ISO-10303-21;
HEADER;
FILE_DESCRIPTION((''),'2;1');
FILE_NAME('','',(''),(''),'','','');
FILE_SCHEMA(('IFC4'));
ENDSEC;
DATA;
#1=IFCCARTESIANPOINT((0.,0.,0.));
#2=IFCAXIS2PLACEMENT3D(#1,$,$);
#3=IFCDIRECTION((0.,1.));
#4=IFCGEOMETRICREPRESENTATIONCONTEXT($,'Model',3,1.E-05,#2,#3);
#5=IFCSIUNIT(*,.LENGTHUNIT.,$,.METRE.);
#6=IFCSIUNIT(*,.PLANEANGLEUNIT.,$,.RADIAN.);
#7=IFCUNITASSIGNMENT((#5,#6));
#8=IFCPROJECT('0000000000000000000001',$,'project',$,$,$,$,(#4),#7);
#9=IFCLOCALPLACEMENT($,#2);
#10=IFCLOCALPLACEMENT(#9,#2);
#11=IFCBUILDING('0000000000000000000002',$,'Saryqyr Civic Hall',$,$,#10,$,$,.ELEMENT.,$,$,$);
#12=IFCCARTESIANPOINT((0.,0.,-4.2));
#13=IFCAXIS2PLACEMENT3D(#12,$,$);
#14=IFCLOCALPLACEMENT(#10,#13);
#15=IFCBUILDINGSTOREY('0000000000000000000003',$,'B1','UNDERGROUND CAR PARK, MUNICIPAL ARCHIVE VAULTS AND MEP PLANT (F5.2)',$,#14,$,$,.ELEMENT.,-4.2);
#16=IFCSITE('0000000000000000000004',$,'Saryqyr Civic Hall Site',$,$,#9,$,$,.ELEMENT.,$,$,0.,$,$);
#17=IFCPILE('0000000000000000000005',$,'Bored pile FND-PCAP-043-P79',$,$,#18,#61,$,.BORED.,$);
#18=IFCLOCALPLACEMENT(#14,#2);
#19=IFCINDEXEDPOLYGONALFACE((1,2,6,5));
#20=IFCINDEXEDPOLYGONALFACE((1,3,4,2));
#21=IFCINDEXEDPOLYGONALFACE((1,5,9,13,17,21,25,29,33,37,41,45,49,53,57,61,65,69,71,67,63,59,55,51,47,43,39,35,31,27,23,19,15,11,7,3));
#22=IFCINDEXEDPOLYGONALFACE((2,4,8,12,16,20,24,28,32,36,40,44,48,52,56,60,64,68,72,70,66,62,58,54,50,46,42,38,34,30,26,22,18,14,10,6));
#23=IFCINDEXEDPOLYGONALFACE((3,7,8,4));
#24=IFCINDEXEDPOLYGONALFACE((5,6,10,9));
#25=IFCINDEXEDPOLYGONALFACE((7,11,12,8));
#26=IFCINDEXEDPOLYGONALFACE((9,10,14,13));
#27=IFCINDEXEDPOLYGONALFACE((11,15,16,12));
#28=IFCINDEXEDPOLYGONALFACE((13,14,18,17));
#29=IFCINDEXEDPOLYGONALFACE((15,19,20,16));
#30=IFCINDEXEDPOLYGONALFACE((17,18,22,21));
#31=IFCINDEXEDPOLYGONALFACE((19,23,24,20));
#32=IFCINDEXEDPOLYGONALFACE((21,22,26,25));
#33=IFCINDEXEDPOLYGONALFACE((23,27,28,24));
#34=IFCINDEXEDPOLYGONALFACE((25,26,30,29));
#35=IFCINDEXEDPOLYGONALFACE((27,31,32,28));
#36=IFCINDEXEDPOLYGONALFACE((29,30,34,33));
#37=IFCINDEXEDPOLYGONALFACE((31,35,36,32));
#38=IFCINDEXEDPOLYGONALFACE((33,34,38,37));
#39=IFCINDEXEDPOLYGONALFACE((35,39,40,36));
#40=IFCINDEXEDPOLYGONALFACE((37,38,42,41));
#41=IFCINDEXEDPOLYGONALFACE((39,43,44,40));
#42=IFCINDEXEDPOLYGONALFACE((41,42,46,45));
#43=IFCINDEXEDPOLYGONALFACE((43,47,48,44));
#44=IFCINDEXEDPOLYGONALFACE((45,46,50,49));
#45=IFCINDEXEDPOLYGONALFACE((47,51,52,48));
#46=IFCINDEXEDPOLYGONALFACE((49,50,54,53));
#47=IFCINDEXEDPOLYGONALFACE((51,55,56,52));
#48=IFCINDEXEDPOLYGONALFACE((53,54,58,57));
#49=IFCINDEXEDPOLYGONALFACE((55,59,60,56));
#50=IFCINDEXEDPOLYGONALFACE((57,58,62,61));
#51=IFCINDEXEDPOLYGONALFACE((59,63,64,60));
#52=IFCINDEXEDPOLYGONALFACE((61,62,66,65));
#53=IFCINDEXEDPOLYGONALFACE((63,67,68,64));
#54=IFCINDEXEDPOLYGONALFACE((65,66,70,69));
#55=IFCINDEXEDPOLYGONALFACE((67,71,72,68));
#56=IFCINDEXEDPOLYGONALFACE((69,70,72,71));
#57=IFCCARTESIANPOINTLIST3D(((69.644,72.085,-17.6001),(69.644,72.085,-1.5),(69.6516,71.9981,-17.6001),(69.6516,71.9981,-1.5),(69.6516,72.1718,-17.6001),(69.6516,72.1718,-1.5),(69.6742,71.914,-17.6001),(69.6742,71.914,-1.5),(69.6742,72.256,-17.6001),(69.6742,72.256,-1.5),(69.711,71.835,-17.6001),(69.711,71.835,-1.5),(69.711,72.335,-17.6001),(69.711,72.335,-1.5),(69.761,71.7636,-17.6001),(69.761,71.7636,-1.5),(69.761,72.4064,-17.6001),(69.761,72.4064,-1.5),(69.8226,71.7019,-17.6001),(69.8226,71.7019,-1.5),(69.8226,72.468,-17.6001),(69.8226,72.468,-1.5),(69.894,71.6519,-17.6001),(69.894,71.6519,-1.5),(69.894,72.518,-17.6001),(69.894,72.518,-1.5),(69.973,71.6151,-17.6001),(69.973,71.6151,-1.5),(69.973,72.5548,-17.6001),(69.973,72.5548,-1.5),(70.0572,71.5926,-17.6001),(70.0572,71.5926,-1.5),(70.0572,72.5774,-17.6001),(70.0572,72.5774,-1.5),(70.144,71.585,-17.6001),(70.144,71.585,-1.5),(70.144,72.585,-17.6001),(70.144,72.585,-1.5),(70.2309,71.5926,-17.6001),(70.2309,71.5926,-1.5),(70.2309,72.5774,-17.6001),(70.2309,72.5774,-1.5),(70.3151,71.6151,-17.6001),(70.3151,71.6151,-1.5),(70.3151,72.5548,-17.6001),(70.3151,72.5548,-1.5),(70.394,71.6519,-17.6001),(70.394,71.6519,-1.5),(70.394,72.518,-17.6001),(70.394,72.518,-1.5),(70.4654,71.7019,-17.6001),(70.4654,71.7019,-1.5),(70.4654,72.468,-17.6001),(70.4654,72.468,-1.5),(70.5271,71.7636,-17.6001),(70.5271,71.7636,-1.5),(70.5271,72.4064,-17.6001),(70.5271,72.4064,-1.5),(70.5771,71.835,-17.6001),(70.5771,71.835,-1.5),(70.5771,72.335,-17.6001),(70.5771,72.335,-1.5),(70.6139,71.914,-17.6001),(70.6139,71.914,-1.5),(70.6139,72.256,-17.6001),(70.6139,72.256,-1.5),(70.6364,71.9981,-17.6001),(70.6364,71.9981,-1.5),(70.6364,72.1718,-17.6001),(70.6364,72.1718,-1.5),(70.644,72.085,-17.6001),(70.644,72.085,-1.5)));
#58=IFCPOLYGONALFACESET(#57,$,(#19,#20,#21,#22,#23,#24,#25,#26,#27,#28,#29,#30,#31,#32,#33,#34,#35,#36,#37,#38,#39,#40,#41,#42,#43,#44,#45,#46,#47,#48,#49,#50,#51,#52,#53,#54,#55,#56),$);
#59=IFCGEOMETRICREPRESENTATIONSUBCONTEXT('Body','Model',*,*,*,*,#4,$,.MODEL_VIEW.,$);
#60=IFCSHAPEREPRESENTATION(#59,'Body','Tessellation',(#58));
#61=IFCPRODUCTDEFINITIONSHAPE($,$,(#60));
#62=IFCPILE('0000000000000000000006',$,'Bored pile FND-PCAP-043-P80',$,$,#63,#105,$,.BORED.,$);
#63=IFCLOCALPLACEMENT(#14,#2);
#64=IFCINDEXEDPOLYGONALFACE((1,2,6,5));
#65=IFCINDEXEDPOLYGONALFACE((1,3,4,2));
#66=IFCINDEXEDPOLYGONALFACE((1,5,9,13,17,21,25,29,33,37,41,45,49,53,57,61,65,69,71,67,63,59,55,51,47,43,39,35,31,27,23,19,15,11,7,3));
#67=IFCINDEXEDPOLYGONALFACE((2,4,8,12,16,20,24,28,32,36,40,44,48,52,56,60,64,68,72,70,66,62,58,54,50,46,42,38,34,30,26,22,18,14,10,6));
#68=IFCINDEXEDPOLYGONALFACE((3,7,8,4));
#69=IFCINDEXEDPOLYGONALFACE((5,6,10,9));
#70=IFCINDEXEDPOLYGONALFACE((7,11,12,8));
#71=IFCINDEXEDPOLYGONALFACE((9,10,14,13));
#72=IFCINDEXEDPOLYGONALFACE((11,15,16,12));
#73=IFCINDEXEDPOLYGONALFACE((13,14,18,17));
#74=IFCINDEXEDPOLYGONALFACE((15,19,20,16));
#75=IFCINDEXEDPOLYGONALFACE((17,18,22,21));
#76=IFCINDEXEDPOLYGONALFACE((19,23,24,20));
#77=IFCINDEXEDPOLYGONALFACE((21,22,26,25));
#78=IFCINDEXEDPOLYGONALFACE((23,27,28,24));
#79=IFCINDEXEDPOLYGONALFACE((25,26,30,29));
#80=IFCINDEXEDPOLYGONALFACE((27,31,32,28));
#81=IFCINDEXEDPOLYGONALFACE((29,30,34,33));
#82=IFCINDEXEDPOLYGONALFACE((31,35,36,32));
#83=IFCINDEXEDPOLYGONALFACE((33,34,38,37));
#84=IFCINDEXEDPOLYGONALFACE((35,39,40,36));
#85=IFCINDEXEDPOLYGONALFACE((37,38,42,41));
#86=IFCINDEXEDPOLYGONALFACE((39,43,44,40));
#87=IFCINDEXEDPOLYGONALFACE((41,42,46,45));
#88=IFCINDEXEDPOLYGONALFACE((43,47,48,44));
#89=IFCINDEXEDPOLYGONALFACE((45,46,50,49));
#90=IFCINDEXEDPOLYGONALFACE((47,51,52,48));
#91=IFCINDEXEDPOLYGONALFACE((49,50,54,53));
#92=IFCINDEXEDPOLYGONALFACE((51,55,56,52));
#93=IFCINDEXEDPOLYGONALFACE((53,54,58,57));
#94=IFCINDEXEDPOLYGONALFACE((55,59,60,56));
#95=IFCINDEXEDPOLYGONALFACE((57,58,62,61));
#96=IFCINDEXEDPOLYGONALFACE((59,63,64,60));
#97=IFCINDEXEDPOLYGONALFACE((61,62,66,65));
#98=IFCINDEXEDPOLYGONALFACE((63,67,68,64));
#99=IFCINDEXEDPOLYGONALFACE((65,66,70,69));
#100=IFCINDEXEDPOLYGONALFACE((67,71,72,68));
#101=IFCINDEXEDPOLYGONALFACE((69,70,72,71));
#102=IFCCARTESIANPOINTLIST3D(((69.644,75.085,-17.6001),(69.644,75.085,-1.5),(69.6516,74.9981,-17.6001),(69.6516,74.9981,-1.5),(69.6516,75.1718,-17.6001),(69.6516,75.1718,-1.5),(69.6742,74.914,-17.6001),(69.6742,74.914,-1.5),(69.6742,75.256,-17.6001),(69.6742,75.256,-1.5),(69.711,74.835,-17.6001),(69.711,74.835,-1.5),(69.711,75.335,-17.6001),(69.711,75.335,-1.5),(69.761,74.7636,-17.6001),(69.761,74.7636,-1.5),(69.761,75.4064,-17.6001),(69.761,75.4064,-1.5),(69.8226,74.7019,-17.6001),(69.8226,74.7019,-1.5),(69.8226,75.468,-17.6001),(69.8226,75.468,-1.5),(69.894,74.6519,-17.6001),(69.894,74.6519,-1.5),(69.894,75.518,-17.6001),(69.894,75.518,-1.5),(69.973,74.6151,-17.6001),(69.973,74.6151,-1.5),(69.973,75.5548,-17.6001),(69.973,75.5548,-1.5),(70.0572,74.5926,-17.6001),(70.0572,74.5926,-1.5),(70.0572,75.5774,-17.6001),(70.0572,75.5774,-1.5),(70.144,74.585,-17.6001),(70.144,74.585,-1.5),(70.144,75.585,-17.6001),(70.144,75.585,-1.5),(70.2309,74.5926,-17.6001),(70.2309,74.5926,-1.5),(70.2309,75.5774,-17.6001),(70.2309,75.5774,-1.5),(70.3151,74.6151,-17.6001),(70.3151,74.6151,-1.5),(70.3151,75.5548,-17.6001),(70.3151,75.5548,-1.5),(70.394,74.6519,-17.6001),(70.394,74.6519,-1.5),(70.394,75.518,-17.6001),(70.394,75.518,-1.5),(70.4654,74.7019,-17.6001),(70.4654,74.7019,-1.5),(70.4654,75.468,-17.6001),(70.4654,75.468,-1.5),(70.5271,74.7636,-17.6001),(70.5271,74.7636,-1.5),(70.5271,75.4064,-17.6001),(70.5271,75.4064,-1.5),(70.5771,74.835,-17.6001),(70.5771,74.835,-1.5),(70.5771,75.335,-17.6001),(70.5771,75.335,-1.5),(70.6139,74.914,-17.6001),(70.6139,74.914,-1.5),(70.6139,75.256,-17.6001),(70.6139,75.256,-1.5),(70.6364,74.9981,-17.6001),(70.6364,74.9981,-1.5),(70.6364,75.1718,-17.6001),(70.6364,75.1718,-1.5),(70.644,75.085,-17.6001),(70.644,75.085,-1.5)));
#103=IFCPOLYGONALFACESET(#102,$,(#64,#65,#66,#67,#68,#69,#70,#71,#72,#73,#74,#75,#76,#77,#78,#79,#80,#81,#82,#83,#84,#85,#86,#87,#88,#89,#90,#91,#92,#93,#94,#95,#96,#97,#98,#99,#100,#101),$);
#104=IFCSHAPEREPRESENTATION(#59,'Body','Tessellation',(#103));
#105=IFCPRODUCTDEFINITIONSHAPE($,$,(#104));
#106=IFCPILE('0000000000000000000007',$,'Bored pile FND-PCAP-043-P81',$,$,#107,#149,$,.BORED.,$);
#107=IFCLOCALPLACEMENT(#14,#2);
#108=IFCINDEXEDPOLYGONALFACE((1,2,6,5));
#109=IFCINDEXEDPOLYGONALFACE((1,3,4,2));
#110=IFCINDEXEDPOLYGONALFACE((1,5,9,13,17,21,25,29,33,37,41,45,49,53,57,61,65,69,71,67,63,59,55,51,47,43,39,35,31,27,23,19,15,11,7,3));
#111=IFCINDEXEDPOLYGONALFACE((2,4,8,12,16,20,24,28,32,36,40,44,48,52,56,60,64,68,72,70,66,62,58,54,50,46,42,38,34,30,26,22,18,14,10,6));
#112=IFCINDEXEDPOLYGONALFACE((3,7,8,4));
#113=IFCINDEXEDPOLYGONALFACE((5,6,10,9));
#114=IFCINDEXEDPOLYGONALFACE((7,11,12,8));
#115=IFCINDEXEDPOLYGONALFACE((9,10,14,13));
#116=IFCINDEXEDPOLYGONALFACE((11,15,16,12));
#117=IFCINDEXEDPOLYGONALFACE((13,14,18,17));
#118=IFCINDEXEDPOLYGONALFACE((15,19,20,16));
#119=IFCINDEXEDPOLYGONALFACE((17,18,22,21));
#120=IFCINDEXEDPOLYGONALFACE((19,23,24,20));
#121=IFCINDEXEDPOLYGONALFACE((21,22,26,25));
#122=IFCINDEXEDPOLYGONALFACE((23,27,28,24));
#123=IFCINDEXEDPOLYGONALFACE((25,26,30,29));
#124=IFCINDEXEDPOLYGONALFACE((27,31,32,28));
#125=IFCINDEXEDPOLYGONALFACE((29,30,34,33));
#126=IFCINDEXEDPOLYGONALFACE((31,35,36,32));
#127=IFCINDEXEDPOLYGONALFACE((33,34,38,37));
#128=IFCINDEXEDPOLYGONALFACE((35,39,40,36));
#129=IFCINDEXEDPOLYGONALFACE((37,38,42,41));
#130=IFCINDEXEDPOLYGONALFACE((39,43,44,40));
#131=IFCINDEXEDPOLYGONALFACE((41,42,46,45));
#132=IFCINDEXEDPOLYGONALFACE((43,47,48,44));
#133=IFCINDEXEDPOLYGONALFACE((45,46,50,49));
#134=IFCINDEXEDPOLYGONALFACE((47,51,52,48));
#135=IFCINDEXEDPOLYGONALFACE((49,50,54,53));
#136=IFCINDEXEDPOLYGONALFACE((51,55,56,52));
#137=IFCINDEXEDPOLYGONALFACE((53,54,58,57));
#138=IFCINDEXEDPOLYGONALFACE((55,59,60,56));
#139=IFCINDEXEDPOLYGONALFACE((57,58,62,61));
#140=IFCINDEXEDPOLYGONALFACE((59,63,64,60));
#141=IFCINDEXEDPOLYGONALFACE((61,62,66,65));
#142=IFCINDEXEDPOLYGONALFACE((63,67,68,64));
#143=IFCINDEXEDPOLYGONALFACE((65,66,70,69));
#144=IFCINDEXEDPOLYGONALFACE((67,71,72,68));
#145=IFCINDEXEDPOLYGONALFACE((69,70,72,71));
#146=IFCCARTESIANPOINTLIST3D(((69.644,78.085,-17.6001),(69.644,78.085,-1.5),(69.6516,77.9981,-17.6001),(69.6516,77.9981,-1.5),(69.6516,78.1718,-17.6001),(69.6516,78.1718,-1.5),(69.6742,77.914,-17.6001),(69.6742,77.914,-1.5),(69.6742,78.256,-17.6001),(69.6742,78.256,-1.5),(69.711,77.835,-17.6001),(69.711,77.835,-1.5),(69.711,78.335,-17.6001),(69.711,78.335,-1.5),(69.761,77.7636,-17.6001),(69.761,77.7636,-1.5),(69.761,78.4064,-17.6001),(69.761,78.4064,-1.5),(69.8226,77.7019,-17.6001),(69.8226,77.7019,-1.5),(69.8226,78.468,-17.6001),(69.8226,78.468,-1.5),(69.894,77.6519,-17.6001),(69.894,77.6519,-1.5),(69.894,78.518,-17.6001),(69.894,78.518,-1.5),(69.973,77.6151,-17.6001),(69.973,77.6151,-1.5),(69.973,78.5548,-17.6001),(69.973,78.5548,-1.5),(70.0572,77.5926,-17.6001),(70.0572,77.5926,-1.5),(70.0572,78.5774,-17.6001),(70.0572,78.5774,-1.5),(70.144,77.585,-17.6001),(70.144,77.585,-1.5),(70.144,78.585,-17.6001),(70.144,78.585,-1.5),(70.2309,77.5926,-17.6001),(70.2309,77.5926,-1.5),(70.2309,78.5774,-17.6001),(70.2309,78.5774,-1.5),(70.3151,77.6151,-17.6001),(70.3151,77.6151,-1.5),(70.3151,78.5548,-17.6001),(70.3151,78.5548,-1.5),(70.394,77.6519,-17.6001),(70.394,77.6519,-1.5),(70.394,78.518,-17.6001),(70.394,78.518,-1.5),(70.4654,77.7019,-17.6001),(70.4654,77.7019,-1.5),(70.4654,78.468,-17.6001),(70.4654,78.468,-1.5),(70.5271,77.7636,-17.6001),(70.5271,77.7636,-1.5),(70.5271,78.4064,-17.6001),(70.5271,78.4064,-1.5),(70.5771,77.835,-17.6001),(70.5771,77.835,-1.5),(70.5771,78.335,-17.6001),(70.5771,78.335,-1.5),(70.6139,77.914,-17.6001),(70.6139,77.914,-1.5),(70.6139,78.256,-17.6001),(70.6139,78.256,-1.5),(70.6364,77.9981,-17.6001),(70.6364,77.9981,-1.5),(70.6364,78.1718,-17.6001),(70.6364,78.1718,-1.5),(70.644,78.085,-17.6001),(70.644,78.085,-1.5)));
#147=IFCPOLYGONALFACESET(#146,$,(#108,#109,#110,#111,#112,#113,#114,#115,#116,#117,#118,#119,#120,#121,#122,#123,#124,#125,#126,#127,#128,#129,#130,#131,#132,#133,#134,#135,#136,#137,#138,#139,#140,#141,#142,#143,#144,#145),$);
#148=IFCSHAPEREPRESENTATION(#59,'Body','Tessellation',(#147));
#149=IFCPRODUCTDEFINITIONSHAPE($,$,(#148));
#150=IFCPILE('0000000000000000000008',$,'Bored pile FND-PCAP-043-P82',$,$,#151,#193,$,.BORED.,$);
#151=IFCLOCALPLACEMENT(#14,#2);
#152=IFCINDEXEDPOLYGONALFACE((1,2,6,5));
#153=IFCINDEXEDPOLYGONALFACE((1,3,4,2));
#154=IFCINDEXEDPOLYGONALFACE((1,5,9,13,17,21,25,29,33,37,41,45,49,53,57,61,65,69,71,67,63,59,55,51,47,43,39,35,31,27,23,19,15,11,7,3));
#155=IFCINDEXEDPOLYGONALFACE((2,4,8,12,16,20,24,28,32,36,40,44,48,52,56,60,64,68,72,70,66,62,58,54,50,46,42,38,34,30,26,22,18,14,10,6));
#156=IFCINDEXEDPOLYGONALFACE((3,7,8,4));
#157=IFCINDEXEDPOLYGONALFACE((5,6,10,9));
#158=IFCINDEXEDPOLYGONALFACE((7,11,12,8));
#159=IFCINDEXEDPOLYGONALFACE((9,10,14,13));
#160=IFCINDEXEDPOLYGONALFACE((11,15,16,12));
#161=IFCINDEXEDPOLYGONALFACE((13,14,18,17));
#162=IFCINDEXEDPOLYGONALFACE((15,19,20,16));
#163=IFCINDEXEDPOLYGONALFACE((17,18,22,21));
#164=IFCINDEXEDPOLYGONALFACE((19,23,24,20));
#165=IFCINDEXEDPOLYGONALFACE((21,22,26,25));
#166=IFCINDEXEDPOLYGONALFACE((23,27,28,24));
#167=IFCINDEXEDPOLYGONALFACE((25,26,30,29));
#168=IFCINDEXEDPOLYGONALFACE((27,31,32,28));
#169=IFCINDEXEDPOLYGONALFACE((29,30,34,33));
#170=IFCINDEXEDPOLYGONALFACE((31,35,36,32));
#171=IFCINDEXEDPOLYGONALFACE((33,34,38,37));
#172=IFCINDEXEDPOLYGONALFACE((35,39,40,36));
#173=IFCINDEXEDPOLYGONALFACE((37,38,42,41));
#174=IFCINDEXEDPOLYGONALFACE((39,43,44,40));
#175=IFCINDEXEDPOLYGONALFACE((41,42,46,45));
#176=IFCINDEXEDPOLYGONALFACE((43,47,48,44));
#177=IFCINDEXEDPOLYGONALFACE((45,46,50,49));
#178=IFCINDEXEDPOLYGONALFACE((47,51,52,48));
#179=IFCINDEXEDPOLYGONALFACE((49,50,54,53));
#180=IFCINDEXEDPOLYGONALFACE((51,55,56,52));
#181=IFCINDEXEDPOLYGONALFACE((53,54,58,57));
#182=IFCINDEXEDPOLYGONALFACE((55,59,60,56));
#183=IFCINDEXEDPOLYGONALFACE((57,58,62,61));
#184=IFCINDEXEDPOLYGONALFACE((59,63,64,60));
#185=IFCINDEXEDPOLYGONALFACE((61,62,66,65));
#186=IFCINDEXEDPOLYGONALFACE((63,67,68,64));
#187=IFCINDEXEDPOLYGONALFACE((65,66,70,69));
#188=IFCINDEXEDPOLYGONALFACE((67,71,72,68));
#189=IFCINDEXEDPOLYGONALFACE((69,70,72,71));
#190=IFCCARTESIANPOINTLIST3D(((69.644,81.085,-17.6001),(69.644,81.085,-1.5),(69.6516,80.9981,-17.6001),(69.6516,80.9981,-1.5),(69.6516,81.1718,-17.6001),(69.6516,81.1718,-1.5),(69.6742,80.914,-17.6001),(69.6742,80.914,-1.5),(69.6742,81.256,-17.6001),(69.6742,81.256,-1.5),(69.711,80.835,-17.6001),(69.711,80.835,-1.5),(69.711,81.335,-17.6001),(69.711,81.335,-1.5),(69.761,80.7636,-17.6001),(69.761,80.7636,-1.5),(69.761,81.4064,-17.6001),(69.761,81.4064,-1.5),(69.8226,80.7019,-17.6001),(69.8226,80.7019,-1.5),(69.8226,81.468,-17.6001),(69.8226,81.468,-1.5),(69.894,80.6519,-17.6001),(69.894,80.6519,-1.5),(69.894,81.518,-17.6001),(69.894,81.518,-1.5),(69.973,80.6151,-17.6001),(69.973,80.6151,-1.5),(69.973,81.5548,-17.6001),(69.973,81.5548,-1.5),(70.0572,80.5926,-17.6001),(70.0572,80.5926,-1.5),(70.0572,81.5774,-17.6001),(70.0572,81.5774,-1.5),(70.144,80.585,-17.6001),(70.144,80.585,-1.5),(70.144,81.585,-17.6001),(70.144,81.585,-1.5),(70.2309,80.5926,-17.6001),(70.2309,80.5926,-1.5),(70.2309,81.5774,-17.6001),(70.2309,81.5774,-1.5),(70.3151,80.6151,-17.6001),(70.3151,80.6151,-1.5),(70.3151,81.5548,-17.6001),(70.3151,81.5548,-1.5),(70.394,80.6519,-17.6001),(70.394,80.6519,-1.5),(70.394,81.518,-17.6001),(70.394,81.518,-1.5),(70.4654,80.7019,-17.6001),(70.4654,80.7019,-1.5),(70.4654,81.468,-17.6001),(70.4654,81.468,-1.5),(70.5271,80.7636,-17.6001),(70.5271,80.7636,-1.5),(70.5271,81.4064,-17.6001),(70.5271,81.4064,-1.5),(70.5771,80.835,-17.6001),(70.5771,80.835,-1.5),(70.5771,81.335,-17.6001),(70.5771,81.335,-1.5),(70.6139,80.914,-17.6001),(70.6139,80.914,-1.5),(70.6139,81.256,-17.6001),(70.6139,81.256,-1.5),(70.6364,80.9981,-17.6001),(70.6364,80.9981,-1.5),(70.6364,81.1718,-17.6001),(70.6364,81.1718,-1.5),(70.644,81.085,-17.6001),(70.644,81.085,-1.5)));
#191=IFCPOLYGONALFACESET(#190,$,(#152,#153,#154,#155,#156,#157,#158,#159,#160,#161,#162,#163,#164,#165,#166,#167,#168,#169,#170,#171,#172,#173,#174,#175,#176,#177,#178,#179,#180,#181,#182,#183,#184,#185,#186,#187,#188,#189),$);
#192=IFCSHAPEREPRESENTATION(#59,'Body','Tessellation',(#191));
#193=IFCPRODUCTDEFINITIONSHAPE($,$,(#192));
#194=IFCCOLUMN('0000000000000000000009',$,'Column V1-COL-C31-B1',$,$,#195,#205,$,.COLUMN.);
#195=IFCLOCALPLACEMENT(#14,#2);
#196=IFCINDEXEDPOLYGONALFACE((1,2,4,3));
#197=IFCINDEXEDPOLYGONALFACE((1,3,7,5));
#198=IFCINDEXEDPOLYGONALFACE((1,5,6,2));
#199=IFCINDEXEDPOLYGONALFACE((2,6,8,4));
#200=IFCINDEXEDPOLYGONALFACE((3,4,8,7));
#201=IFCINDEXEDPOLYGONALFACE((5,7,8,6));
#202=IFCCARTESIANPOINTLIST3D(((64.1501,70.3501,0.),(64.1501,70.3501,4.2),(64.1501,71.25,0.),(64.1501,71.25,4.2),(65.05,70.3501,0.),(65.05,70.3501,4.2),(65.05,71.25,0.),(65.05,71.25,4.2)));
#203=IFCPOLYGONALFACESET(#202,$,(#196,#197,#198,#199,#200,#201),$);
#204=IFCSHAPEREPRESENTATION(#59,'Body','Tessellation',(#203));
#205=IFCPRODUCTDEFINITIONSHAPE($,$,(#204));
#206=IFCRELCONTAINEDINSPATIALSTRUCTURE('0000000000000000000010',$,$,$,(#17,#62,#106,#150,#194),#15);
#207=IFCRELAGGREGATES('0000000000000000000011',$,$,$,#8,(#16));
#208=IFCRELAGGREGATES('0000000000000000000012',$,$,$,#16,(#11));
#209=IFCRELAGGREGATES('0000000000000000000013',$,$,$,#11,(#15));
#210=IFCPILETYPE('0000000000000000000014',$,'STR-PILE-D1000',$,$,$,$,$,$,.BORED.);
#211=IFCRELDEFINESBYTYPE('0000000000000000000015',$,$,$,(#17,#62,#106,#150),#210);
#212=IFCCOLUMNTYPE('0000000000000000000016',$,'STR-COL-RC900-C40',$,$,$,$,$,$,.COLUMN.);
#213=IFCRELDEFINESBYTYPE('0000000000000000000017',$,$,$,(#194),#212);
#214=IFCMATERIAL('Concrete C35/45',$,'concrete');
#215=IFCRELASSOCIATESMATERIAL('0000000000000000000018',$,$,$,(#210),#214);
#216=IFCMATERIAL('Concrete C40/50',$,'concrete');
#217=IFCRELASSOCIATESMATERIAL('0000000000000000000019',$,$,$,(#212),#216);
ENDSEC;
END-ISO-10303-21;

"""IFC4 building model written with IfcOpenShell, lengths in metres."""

from ifc_helpers import new_model, si_unit, direction, frame, origin, origin_2d, place, context, subcontext, project, spatial, rectangle, circle, extrude, material, material_profile, profile_set, type_object, element, save


model = new_model("IFC4")

# Units and contexts
model_context = context("Model", 3, precision=1e-05, world=origin(), true_north=direction((0.0, 1.0)))
body_context = subcontext(model_context, "Body", "Model", "MODEL_VIEW")
ifc_project = project(units=[si_unit("LENGTHUNIT", "METRE"), si_unit("PLANEANGLEUNIT", "RADIAN")], contexts=[model_context])

# Site, building, storey
site_placement = place(None, origin())
site = spatial("IfcSite", under=ifc_project, at=site_placement, Name="Saryqyr Civic Hall Site", CompositionType="ELEMENT", RefElevation=0.0)
building_placement = place(site_placement, origin())
building = spatial("IfcBuilding", under=site, at=building_placement, Name="Saryqyr Civic Hall", CompositionType="ELEMENT")
storey_placement = place(building_placement, frame((0.0, 0.0, -4.2)))
storey = spatial("IfcBuildingStorey", under=building, at=storey_placement, Name="B1", Description="UNDERGROUND CAR PARK, MUNICIPAL ARCHIVE VAULTS AND MEP PLANT (F5.2)", CompositionType="ELEMENT", Elevation=-4.2)

# Piles
ifc_material_1 = material(Name="Concrete C35/45", Category="concrete")
ifc_material_profile_1 = material_profile(ifc_material_1, circle(Radius=0.5, at=origin_2d()), Name="BORED PILE D1000")
ifc_profile_set_1 = profile_set([ifc_material_profile_1], Name="Concrete C35/45")
pile_type = type_object("IfcPileType", Name="STR-PILE-D1000", PredefinedType="BORED", material=ifc_profile_set_1)
for number, where, z_axis, x_axis, name in (
    (1, (70.144, 72.085, -1.5), (0.0, 0.0, -1.0), (1.0, 0.0, 0.0), "Bored pile FND-PCAP-043-P79"),
    (2, (70.144, 75.085, -1.5), (0.0, 0.0, -1.0), (1.0, 0.0, 0.0), "Bored pile FND-PCAP-043-P80"),
    (3, (70.144, 78.085, -1.5), (0.0, 0.0, -1.0), (1.0, 0.0, 0.0), "Bored pile FND-PCAP-043-P81"),
    (4, (70.144, 81.085, -1.5), (0.0, 0.0, -1.0), (1.0, 0.0, 0.0), "Bored pile FND-PCAP-043-P82"),
):
    element("IfcPile", number, at=place(storey_placement, frame(where, z_axis=z_axis, x_axis=x_axis)), inside=storey, type_object=pile_type, Name=name, PredefinedType="BORED", context=body_context, shape_type="SweptSolid", body=[
        extrude(circle(Radius=0.5, at=origin_2d()), origin(), (0.0, 0.0, 1.0), 16.1001),
    ])

# Column
ifc_material_2 = material(Name="Concrete C40/50", Category="concrete")
ifc_material_profile_2 = material_profile(ifc_material_2, rectangle(XDim=0.8999, YDim=0.8999, at=origin_2d()), Name="RC 900x900")
ifc_profile_set_2 = profile_set([ifc_material_profile_2], Name="Concrete C40/50")
column_type = type_object("IfcColumnType", Name="STR-COL-RC900-C40", PredefinedType="COLUMN", material=ifc_profile_set_2)
for number, where, z_axis, x_axis, name in (
    (5, (64.6001, 70.8, 0.0), (0.0, 0.0, 1.0), (1.0, 0.0, 0.0), "Column V1-COL-C31-B1"),
):
    element("IfcColumn", number, at=place(storey_placement, frame(where, z_axis=z_axis, x_axis=x_axis)), inside=storey, type_object=column_type, Name=name, PredefinedType="COLUMN", context=body_context, shape_type="SweptSolid", body=[
        extrude(rectangle(XDim=0.8999, YDim=0.8999, at=origin_2d()), origin(), (0.0, 0.0, 1.0), 4.2),
    ])

save(model, "model.ifc")
